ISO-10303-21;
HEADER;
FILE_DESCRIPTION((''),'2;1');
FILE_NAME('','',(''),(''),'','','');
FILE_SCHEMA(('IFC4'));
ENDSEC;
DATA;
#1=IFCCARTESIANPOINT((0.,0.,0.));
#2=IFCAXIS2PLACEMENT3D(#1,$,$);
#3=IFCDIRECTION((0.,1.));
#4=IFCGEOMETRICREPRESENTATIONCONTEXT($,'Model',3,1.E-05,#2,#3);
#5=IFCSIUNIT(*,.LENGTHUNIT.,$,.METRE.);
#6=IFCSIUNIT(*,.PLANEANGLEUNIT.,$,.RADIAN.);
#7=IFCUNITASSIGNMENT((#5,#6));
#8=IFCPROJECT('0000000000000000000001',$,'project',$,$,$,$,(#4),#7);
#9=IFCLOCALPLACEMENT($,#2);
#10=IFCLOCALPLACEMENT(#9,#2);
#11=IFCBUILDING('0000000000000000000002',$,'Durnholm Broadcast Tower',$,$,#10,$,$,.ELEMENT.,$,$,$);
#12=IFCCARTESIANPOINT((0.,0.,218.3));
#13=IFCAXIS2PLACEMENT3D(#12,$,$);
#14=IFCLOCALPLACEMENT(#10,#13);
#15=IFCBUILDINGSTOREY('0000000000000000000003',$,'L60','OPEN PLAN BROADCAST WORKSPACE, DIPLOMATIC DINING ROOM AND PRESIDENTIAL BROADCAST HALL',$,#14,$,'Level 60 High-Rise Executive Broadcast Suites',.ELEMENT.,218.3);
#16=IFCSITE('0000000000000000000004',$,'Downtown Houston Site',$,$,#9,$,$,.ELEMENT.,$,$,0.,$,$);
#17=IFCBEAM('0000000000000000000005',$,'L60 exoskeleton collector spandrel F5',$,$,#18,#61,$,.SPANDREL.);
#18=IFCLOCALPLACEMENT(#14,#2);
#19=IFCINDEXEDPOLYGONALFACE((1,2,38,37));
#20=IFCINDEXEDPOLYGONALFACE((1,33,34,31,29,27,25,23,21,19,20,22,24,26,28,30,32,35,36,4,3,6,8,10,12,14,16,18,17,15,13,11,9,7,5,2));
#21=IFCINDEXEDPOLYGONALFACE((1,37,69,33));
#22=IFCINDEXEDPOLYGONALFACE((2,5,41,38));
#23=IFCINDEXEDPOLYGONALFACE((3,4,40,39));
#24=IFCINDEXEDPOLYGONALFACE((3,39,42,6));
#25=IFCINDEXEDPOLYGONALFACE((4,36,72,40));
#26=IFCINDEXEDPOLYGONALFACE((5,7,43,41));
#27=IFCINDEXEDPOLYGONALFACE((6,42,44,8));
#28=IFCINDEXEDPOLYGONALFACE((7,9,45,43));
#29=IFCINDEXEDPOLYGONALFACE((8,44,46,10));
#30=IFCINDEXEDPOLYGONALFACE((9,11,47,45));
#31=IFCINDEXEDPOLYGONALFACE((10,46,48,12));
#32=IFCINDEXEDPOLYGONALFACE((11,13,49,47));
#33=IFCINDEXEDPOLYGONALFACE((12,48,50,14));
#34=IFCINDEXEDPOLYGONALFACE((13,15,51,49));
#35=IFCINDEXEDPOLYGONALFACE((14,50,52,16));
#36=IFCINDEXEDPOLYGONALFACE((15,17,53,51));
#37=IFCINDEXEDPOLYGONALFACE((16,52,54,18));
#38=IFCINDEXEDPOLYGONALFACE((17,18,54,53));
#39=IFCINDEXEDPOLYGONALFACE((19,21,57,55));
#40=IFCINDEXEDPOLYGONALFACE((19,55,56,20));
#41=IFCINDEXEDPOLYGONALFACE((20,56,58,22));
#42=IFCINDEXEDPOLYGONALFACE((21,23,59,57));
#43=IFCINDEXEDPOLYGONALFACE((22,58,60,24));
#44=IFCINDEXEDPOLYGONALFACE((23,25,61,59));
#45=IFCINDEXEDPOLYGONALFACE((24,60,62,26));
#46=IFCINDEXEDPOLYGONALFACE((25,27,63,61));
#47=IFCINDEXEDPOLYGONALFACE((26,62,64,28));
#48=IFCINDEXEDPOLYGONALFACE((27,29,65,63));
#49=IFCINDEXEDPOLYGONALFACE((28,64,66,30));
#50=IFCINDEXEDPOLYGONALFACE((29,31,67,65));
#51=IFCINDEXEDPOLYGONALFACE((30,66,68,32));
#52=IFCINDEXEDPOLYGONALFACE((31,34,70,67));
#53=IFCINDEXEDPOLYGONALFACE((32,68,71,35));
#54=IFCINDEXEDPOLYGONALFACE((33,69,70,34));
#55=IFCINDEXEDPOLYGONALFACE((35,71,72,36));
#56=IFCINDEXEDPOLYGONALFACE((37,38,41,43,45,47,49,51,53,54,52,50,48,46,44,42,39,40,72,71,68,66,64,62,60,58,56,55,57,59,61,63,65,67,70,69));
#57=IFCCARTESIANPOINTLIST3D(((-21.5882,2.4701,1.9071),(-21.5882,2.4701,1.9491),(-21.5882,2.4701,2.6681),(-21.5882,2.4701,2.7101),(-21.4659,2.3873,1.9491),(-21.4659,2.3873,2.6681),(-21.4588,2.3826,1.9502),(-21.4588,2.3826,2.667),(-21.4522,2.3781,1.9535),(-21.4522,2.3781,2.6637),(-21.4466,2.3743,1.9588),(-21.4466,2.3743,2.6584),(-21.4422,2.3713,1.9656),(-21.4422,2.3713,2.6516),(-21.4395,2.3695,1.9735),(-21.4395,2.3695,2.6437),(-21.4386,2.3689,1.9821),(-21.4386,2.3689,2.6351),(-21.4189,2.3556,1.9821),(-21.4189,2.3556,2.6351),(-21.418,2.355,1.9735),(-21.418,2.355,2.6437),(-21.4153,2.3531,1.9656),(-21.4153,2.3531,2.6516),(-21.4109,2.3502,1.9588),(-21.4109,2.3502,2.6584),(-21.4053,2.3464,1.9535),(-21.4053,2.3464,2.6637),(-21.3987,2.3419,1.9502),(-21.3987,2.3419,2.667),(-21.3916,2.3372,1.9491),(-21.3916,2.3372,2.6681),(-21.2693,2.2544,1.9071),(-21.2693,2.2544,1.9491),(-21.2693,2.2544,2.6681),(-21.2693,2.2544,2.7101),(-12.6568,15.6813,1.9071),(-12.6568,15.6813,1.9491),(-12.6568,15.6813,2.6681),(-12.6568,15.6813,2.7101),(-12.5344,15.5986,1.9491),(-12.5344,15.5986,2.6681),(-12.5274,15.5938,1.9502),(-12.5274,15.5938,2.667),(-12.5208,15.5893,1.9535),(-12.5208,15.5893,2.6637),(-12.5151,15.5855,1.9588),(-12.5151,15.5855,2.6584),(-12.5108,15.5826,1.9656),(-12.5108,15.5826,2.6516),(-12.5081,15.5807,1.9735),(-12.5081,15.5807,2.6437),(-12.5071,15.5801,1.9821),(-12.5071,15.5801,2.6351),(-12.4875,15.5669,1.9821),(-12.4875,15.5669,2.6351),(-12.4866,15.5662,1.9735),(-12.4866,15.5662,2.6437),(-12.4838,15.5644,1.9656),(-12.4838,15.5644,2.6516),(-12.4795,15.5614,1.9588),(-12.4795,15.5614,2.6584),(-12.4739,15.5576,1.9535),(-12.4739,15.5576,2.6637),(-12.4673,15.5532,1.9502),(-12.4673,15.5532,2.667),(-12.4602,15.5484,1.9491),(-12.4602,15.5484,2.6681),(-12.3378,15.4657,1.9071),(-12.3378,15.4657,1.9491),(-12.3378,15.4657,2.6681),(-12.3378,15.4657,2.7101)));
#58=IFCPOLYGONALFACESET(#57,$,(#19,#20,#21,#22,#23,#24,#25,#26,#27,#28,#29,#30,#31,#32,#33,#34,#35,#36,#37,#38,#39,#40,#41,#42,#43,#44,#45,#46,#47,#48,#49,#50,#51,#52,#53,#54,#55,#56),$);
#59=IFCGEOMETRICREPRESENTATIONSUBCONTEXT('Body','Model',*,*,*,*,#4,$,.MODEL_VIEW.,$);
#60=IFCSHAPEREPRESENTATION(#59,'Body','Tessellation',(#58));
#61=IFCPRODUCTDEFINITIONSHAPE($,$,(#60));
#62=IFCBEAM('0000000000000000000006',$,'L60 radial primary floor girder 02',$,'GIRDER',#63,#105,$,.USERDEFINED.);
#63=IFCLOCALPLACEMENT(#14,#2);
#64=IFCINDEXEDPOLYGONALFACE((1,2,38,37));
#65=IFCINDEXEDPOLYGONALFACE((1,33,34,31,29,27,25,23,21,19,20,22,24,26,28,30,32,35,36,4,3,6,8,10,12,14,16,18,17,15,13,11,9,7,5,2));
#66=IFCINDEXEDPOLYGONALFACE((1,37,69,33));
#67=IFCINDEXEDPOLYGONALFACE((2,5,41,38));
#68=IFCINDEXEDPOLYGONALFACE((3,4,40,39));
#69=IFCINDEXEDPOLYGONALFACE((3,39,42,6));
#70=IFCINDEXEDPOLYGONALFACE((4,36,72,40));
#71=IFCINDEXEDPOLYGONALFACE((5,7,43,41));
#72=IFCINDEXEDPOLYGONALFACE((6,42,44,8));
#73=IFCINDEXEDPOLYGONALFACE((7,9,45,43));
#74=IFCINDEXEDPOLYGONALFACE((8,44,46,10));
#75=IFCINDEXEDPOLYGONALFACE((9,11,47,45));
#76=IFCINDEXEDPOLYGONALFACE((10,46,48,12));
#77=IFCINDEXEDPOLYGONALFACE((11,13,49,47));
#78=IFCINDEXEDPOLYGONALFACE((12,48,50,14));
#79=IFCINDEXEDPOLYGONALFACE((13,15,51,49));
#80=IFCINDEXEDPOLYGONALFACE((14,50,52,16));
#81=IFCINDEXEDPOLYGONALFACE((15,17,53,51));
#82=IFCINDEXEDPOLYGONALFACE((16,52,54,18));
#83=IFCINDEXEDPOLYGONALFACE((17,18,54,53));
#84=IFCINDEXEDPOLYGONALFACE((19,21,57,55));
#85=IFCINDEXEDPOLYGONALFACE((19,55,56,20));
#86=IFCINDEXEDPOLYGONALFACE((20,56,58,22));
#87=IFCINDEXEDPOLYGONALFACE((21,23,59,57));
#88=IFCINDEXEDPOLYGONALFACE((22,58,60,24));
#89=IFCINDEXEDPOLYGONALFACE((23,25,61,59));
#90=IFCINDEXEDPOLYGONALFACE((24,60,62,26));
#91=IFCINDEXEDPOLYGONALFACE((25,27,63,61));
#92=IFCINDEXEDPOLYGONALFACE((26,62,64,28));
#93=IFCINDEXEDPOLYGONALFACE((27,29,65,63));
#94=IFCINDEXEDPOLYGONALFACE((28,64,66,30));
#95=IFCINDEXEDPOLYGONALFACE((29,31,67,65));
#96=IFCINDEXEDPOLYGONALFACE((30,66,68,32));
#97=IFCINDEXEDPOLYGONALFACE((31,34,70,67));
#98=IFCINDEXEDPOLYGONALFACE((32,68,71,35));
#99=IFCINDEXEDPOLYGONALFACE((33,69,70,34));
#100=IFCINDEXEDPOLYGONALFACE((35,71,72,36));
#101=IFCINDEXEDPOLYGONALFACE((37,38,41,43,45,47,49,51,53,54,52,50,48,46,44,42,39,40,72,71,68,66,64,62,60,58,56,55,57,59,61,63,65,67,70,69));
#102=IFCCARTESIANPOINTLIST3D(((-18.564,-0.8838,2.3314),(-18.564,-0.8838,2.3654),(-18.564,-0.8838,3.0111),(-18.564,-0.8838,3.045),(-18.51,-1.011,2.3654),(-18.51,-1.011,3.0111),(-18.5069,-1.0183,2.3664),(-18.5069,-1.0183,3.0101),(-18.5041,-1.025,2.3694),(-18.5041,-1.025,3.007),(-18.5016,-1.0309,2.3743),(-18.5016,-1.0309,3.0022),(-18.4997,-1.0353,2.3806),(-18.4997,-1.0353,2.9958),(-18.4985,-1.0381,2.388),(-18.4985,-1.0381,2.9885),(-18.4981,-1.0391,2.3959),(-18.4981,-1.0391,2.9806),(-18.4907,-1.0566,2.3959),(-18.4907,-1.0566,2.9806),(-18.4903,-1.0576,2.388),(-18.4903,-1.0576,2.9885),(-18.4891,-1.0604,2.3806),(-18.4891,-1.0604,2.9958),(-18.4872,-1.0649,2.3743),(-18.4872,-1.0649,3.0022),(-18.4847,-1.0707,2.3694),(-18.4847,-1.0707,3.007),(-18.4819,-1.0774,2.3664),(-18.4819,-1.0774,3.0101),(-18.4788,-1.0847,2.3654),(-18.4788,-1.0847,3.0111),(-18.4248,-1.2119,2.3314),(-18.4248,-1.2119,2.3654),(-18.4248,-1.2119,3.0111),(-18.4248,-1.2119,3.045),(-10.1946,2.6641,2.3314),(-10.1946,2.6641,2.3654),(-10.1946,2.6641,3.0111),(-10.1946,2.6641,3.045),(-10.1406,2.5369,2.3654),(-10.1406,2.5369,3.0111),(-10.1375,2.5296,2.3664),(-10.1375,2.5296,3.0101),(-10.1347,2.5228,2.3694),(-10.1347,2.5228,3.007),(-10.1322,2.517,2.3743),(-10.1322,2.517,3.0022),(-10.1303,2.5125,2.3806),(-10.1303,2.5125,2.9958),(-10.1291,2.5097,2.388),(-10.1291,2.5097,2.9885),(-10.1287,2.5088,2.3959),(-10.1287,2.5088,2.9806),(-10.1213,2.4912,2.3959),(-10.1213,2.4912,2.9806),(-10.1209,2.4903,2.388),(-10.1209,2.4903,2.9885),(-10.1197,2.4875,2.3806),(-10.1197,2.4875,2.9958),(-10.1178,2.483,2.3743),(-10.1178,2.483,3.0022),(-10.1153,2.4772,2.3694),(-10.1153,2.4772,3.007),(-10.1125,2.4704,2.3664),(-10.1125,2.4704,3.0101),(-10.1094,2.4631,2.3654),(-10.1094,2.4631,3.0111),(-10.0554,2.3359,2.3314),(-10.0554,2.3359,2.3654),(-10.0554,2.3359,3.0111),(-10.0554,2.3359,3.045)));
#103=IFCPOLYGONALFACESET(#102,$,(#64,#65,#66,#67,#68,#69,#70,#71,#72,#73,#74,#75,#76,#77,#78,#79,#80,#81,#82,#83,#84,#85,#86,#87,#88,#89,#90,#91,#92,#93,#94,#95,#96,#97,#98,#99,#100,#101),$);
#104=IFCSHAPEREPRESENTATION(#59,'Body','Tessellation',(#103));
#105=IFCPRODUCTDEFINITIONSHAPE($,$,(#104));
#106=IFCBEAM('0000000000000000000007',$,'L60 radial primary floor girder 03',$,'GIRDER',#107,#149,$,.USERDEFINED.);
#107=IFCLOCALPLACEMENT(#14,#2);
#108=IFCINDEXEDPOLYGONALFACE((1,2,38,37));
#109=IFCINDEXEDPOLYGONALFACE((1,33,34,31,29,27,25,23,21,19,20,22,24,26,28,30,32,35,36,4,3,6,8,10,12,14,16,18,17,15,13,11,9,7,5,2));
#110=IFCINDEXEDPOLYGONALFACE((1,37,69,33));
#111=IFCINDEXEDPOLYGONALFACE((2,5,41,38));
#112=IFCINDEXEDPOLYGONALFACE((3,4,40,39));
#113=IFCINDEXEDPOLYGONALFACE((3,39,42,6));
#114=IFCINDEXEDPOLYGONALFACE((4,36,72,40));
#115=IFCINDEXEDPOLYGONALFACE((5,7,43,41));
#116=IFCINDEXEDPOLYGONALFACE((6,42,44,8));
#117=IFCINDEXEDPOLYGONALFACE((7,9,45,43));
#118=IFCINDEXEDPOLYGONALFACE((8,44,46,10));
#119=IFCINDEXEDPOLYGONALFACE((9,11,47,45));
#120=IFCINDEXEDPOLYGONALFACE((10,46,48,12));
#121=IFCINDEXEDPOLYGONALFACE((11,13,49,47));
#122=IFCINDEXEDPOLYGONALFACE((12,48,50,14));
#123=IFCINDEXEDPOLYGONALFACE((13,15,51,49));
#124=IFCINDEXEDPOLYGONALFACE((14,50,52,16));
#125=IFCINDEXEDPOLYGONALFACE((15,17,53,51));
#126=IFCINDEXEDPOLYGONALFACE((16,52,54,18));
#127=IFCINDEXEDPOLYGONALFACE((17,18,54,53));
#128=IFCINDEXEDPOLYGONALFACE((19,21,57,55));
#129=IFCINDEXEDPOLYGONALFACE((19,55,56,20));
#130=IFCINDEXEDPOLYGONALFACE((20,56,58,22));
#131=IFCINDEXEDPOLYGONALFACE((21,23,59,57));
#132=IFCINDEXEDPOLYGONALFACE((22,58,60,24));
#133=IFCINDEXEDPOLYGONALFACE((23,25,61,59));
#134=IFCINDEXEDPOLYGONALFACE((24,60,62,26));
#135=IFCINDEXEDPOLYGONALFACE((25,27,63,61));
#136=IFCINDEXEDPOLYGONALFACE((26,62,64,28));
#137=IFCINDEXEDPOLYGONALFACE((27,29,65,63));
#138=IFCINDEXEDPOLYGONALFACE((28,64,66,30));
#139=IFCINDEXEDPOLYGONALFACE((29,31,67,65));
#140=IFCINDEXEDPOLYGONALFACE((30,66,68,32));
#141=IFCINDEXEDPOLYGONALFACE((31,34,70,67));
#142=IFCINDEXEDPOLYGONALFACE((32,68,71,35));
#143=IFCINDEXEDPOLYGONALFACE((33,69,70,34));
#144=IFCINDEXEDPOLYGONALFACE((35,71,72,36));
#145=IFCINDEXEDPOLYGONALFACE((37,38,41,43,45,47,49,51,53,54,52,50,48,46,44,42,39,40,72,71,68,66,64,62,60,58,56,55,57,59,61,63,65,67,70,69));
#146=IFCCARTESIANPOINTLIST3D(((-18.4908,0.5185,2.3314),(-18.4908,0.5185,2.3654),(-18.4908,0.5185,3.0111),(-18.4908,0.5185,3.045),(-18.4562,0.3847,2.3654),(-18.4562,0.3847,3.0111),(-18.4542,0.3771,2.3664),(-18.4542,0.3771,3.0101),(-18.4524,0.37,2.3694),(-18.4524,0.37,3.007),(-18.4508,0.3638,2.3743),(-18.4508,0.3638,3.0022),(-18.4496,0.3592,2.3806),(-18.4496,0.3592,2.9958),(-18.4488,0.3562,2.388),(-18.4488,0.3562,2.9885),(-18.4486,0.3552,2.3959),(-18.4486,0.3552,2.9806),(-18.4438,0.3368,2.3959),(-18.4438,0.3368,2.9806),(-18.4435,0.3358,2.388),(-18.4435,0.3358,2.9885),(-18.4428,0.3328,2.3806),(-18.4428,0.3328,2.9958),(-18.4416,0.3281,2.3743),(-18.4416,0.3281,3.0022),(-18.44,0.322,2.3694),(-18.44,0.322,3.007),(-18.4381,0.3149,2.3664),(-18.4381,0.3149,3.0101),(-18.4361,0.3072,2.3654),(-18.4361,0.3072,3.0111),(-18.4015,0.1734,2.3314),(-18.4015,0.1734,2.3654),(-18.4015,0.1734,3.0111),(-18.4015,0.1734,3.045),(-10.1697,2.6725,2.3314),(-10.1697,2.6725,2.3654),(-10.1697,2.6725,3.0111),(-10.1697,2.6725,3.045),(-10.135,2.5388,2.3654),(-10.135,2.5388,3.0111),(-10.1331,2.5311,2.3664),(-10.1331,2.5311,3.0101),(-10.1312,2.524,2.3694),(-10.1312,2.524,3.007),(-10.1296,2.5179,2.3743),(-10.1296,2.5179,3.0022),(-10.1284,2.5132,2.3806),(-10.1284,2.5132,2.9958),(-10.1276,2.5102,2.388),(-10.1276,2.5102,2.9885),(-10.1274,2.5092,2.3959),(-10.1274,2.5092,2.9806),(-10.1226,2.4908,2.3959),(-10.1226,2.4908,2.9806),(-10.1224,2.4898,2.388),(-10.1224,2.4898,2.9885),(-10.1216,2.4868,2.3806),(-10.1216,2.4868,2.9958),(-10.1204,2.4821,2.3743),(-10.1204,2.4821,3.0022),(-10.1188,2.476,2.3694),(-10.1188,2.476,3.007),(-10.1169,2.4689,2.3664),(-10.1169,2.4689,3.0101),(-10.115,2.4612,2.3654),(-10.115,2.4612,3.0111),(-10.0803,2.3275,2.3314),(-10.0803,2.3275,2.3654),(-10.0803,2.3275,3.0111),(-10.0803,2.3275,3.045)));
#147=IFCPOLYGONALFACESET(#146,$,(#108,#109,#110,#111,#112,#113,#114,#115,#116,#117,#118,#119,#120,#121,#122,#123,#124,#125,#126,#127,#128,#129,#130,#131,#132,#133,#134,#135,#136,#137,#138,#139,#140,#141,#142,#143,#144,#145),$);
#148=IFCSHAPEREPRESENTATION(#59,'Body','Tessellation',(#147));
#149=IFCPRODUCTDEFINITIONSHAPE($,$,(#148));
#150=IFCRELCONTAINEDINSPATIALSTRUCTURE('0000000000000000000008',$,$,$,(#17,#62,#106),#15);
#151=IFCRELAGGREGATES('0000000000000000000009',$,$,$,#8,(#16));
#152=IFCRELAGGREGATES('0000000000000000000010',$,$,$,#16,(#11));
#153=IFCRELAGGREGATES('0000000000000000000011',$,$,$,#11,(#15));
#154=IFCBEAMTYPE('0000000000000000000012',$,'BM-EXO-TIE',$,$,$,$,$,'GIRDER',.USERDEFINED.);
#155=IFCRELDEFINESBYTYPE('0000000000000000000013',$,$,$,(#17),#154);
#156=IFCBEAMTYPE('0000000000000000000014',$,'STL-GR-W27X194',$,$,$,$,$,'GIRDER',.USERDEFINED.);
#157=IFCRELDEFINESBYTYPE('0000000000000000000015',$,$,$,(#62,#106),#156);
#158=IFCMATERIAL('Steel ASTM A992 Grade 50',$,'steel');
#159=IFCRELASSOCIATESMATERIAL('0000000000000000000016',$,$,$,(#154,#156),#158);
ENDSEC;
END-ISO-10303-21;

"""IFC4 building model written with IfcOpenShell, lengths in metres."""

from ifc_helpers import new_model, si_unit, direction, frame, origin, origin_2d, place, context, subcontext, project, spatial, i_section, extrude, source, transform, mapped, material, material_profile, profile_set, type_object, element, save


model = new_model("IFC4")

# Units and contexts
model_context = context("Model", 3, precision=1e-05, world=origin(), true_north=direction((0.0, 1.0)))
body_context = subcontext(model_context, "Body", "Model", "MODEL_VIEW")
ifc_project = project(units=[si_unit("LENGTHUNIT", "METRE"), si_unit("PLANEANGLEUNIT", "RADIAN")], contexts=[model_context])

# Site, building, storey
site_placement = place(None, origin())
site = spatial("IfcSite", under=ifc_project, at=site_placement, Name="Downtown Houston Site", CompositionType="ELEMENT", RefElevation=0.0)
building_placement = place(site_placement, origin())
building = spatial("IfcBuilding", under=site, at=building_placement, Name="Durnholm Broadcast Tower", CompositionType="ELEMENT")
storey_placement = place(building_placement, frame((0.0, 0.0, 218.3)))
storey = spatial("IfcBuildingStorey", under=building, at=storey_placement, Name="L60", Description="OPEN PLAN BROADCAST WORKSPACE, DIPLOMATIC DINING ROOM AND PRESIDENTIAL BROADCAST HALL", LongName="Level 60 High-Rise Executive Broadcast Suites", CompositionType="ELEMENT", Elevation=218.3)

# Beams
ifc_material_1 = material(Name="Steel ASTM A992 Grade 50", Category="steel")
ifc_material_profile_1 = material_profile(ifc_material_1, i_section(OverallWidth=0.385, OverallDepth=0.803, WebThickness=0.0237, FlangeThickness=0.042, FilletRadius=0.033, at=origin_2d()), Name="W30X261")
ifc_profile_set_1 = profile_set([ifc_material_profile_1], Name="Steel ASTM A992 Grade 50")
beam_type_1 = type_object("IfcBeamType", Name="BM-EXO-TIE", ElementType="GIRDER", PredefinedType="USERDEFINED", material=ifc_profile_set_1)
ifc_material_profile_2 = material_profile(ifc_material_1, i_section(OverallWidth=0.3564, OverallDepth=0.7136, WebThickness=0.019, FlangeThickness=0.0339, FilletRadius=0.0305, at=origin_2d()), Name="W27X194")
ifc_profile_set_2 = profile_set([ifc_material_profile_2], Name="Steel ASTM A992 Grade 50")
beam_type_2 = type_object("IfcBeamType", Name="STL-GR-W27X194", ElementType="GIRDER", PredefinedType="USERDEFINED", material=ifc_profile_set_2)
shared_shape_1 = source(origin(), body_context, "Body", "SweptSolid", [
    extrude(i_section(OverallWidth=0.385, OverallDepth=0.803, WebThickness=0.0237, FlangeThickness=0.042, FilletRadius=0.033, at=origin_2d()), origin(), (0.0, 0.0, 1.0), 15.947),
])
beam_1_placement = place(storey_placement, frame((-12.4973, 15.5735, 2.3086), z_axis=(-0.560069, -0.828446, 0.0), x_axis=(0.828446, -0.560069, 0.0)))
element("IfcBeam", 1, at=beam_1_placement, inside=storey, type_object=beam_type_1, Name="L60 exoskeleton collector spandrel F5", PredefinedType="SPANDREL", context=body_context, shape_type="MappedRepresentation", body=[
    mapped(shared_shape_1, transform((0.0, 0.0, 0.0), x_axis=(1.0, 0.0, 0.0), y_axis=(0.0, 1.0, 0.0), z_axis=(0.0, 0.0, 1.0), scale=1.0)),
])
shared_shape_2 = source(origin(), body_context, "Body", "SweptSolid", [
    extrude(i_section(OverallWidth=0.3564, OverallDepth=0.7136, WebThickness=0.019, FlangeThickness=0.0339, FilletRadius=0.0305, at=origin_2d()), origin(), (0.0, 0.0, 1.0), 9.0903),
])
beam_2_placement = place(storey_placement, frame((-10.125, 2.5, 2.6882), z_axis=(-0.920692, -0.390289, 0.0), x_axis=(0.390289, -0.920692, 0.0)))
element("IfcBeam", 2, at=beam_2_placement, inside=storey, type_object=beam_type_2, Name="L60 radial primary floor girder 02", ObjectType="GIRDER", PredefinedType="USERDEFINED", context=body_context, shape_type="MappedRepresentation", body=[
    mapped(shared_shape_2, transform((0.0, 0.0, 0.0), x_axis=(1.0, 0.0, 0.0), y_axis=(0.0, 1.0, 0.0), z_axis=(0.0, 0.0, 1.0), scale=1.0)),
])
shared_shape_3 = source(origin(), body_context, "Body", "SweptSolid", [
    extrude(i_section(OverallWidth=0.3564, OverallDepth=0.7136, WebThickness=0.019, FlangeThickness=0.0339, FilletRadius=0.0305, at=origin_2d()), origin(), (0.0, 0.0, 1.0), 8.5955),
])
beam_3_placement = place(storey_placement, frame((-10.125, 2.5, 2.6882), z_axis=(-0.968091, -0.2506, 0.0), x_axis=(0.2506, -0.968091, 0.0)))
element("IfcBeam", 3, at=beam_3_placement, inside=storey, type_object=beam_type_2, Name="L60 radial primary floor girder 03", ObjectType="GIRDER", PredefinedType="USERDEFINED", context=body_context, shape_type="MappedRepresentation", body=[
    mapped(shared_shape_3, transform((0.0, 0.0, 0.0), x_axis=(1.0, 0.0, 0.0), y_axis=(0.0, 1.0, 0.0), z_axis=(0.0, 0.0, 1.0), scale=1.0)),
])

save(model, "model.ifc")
